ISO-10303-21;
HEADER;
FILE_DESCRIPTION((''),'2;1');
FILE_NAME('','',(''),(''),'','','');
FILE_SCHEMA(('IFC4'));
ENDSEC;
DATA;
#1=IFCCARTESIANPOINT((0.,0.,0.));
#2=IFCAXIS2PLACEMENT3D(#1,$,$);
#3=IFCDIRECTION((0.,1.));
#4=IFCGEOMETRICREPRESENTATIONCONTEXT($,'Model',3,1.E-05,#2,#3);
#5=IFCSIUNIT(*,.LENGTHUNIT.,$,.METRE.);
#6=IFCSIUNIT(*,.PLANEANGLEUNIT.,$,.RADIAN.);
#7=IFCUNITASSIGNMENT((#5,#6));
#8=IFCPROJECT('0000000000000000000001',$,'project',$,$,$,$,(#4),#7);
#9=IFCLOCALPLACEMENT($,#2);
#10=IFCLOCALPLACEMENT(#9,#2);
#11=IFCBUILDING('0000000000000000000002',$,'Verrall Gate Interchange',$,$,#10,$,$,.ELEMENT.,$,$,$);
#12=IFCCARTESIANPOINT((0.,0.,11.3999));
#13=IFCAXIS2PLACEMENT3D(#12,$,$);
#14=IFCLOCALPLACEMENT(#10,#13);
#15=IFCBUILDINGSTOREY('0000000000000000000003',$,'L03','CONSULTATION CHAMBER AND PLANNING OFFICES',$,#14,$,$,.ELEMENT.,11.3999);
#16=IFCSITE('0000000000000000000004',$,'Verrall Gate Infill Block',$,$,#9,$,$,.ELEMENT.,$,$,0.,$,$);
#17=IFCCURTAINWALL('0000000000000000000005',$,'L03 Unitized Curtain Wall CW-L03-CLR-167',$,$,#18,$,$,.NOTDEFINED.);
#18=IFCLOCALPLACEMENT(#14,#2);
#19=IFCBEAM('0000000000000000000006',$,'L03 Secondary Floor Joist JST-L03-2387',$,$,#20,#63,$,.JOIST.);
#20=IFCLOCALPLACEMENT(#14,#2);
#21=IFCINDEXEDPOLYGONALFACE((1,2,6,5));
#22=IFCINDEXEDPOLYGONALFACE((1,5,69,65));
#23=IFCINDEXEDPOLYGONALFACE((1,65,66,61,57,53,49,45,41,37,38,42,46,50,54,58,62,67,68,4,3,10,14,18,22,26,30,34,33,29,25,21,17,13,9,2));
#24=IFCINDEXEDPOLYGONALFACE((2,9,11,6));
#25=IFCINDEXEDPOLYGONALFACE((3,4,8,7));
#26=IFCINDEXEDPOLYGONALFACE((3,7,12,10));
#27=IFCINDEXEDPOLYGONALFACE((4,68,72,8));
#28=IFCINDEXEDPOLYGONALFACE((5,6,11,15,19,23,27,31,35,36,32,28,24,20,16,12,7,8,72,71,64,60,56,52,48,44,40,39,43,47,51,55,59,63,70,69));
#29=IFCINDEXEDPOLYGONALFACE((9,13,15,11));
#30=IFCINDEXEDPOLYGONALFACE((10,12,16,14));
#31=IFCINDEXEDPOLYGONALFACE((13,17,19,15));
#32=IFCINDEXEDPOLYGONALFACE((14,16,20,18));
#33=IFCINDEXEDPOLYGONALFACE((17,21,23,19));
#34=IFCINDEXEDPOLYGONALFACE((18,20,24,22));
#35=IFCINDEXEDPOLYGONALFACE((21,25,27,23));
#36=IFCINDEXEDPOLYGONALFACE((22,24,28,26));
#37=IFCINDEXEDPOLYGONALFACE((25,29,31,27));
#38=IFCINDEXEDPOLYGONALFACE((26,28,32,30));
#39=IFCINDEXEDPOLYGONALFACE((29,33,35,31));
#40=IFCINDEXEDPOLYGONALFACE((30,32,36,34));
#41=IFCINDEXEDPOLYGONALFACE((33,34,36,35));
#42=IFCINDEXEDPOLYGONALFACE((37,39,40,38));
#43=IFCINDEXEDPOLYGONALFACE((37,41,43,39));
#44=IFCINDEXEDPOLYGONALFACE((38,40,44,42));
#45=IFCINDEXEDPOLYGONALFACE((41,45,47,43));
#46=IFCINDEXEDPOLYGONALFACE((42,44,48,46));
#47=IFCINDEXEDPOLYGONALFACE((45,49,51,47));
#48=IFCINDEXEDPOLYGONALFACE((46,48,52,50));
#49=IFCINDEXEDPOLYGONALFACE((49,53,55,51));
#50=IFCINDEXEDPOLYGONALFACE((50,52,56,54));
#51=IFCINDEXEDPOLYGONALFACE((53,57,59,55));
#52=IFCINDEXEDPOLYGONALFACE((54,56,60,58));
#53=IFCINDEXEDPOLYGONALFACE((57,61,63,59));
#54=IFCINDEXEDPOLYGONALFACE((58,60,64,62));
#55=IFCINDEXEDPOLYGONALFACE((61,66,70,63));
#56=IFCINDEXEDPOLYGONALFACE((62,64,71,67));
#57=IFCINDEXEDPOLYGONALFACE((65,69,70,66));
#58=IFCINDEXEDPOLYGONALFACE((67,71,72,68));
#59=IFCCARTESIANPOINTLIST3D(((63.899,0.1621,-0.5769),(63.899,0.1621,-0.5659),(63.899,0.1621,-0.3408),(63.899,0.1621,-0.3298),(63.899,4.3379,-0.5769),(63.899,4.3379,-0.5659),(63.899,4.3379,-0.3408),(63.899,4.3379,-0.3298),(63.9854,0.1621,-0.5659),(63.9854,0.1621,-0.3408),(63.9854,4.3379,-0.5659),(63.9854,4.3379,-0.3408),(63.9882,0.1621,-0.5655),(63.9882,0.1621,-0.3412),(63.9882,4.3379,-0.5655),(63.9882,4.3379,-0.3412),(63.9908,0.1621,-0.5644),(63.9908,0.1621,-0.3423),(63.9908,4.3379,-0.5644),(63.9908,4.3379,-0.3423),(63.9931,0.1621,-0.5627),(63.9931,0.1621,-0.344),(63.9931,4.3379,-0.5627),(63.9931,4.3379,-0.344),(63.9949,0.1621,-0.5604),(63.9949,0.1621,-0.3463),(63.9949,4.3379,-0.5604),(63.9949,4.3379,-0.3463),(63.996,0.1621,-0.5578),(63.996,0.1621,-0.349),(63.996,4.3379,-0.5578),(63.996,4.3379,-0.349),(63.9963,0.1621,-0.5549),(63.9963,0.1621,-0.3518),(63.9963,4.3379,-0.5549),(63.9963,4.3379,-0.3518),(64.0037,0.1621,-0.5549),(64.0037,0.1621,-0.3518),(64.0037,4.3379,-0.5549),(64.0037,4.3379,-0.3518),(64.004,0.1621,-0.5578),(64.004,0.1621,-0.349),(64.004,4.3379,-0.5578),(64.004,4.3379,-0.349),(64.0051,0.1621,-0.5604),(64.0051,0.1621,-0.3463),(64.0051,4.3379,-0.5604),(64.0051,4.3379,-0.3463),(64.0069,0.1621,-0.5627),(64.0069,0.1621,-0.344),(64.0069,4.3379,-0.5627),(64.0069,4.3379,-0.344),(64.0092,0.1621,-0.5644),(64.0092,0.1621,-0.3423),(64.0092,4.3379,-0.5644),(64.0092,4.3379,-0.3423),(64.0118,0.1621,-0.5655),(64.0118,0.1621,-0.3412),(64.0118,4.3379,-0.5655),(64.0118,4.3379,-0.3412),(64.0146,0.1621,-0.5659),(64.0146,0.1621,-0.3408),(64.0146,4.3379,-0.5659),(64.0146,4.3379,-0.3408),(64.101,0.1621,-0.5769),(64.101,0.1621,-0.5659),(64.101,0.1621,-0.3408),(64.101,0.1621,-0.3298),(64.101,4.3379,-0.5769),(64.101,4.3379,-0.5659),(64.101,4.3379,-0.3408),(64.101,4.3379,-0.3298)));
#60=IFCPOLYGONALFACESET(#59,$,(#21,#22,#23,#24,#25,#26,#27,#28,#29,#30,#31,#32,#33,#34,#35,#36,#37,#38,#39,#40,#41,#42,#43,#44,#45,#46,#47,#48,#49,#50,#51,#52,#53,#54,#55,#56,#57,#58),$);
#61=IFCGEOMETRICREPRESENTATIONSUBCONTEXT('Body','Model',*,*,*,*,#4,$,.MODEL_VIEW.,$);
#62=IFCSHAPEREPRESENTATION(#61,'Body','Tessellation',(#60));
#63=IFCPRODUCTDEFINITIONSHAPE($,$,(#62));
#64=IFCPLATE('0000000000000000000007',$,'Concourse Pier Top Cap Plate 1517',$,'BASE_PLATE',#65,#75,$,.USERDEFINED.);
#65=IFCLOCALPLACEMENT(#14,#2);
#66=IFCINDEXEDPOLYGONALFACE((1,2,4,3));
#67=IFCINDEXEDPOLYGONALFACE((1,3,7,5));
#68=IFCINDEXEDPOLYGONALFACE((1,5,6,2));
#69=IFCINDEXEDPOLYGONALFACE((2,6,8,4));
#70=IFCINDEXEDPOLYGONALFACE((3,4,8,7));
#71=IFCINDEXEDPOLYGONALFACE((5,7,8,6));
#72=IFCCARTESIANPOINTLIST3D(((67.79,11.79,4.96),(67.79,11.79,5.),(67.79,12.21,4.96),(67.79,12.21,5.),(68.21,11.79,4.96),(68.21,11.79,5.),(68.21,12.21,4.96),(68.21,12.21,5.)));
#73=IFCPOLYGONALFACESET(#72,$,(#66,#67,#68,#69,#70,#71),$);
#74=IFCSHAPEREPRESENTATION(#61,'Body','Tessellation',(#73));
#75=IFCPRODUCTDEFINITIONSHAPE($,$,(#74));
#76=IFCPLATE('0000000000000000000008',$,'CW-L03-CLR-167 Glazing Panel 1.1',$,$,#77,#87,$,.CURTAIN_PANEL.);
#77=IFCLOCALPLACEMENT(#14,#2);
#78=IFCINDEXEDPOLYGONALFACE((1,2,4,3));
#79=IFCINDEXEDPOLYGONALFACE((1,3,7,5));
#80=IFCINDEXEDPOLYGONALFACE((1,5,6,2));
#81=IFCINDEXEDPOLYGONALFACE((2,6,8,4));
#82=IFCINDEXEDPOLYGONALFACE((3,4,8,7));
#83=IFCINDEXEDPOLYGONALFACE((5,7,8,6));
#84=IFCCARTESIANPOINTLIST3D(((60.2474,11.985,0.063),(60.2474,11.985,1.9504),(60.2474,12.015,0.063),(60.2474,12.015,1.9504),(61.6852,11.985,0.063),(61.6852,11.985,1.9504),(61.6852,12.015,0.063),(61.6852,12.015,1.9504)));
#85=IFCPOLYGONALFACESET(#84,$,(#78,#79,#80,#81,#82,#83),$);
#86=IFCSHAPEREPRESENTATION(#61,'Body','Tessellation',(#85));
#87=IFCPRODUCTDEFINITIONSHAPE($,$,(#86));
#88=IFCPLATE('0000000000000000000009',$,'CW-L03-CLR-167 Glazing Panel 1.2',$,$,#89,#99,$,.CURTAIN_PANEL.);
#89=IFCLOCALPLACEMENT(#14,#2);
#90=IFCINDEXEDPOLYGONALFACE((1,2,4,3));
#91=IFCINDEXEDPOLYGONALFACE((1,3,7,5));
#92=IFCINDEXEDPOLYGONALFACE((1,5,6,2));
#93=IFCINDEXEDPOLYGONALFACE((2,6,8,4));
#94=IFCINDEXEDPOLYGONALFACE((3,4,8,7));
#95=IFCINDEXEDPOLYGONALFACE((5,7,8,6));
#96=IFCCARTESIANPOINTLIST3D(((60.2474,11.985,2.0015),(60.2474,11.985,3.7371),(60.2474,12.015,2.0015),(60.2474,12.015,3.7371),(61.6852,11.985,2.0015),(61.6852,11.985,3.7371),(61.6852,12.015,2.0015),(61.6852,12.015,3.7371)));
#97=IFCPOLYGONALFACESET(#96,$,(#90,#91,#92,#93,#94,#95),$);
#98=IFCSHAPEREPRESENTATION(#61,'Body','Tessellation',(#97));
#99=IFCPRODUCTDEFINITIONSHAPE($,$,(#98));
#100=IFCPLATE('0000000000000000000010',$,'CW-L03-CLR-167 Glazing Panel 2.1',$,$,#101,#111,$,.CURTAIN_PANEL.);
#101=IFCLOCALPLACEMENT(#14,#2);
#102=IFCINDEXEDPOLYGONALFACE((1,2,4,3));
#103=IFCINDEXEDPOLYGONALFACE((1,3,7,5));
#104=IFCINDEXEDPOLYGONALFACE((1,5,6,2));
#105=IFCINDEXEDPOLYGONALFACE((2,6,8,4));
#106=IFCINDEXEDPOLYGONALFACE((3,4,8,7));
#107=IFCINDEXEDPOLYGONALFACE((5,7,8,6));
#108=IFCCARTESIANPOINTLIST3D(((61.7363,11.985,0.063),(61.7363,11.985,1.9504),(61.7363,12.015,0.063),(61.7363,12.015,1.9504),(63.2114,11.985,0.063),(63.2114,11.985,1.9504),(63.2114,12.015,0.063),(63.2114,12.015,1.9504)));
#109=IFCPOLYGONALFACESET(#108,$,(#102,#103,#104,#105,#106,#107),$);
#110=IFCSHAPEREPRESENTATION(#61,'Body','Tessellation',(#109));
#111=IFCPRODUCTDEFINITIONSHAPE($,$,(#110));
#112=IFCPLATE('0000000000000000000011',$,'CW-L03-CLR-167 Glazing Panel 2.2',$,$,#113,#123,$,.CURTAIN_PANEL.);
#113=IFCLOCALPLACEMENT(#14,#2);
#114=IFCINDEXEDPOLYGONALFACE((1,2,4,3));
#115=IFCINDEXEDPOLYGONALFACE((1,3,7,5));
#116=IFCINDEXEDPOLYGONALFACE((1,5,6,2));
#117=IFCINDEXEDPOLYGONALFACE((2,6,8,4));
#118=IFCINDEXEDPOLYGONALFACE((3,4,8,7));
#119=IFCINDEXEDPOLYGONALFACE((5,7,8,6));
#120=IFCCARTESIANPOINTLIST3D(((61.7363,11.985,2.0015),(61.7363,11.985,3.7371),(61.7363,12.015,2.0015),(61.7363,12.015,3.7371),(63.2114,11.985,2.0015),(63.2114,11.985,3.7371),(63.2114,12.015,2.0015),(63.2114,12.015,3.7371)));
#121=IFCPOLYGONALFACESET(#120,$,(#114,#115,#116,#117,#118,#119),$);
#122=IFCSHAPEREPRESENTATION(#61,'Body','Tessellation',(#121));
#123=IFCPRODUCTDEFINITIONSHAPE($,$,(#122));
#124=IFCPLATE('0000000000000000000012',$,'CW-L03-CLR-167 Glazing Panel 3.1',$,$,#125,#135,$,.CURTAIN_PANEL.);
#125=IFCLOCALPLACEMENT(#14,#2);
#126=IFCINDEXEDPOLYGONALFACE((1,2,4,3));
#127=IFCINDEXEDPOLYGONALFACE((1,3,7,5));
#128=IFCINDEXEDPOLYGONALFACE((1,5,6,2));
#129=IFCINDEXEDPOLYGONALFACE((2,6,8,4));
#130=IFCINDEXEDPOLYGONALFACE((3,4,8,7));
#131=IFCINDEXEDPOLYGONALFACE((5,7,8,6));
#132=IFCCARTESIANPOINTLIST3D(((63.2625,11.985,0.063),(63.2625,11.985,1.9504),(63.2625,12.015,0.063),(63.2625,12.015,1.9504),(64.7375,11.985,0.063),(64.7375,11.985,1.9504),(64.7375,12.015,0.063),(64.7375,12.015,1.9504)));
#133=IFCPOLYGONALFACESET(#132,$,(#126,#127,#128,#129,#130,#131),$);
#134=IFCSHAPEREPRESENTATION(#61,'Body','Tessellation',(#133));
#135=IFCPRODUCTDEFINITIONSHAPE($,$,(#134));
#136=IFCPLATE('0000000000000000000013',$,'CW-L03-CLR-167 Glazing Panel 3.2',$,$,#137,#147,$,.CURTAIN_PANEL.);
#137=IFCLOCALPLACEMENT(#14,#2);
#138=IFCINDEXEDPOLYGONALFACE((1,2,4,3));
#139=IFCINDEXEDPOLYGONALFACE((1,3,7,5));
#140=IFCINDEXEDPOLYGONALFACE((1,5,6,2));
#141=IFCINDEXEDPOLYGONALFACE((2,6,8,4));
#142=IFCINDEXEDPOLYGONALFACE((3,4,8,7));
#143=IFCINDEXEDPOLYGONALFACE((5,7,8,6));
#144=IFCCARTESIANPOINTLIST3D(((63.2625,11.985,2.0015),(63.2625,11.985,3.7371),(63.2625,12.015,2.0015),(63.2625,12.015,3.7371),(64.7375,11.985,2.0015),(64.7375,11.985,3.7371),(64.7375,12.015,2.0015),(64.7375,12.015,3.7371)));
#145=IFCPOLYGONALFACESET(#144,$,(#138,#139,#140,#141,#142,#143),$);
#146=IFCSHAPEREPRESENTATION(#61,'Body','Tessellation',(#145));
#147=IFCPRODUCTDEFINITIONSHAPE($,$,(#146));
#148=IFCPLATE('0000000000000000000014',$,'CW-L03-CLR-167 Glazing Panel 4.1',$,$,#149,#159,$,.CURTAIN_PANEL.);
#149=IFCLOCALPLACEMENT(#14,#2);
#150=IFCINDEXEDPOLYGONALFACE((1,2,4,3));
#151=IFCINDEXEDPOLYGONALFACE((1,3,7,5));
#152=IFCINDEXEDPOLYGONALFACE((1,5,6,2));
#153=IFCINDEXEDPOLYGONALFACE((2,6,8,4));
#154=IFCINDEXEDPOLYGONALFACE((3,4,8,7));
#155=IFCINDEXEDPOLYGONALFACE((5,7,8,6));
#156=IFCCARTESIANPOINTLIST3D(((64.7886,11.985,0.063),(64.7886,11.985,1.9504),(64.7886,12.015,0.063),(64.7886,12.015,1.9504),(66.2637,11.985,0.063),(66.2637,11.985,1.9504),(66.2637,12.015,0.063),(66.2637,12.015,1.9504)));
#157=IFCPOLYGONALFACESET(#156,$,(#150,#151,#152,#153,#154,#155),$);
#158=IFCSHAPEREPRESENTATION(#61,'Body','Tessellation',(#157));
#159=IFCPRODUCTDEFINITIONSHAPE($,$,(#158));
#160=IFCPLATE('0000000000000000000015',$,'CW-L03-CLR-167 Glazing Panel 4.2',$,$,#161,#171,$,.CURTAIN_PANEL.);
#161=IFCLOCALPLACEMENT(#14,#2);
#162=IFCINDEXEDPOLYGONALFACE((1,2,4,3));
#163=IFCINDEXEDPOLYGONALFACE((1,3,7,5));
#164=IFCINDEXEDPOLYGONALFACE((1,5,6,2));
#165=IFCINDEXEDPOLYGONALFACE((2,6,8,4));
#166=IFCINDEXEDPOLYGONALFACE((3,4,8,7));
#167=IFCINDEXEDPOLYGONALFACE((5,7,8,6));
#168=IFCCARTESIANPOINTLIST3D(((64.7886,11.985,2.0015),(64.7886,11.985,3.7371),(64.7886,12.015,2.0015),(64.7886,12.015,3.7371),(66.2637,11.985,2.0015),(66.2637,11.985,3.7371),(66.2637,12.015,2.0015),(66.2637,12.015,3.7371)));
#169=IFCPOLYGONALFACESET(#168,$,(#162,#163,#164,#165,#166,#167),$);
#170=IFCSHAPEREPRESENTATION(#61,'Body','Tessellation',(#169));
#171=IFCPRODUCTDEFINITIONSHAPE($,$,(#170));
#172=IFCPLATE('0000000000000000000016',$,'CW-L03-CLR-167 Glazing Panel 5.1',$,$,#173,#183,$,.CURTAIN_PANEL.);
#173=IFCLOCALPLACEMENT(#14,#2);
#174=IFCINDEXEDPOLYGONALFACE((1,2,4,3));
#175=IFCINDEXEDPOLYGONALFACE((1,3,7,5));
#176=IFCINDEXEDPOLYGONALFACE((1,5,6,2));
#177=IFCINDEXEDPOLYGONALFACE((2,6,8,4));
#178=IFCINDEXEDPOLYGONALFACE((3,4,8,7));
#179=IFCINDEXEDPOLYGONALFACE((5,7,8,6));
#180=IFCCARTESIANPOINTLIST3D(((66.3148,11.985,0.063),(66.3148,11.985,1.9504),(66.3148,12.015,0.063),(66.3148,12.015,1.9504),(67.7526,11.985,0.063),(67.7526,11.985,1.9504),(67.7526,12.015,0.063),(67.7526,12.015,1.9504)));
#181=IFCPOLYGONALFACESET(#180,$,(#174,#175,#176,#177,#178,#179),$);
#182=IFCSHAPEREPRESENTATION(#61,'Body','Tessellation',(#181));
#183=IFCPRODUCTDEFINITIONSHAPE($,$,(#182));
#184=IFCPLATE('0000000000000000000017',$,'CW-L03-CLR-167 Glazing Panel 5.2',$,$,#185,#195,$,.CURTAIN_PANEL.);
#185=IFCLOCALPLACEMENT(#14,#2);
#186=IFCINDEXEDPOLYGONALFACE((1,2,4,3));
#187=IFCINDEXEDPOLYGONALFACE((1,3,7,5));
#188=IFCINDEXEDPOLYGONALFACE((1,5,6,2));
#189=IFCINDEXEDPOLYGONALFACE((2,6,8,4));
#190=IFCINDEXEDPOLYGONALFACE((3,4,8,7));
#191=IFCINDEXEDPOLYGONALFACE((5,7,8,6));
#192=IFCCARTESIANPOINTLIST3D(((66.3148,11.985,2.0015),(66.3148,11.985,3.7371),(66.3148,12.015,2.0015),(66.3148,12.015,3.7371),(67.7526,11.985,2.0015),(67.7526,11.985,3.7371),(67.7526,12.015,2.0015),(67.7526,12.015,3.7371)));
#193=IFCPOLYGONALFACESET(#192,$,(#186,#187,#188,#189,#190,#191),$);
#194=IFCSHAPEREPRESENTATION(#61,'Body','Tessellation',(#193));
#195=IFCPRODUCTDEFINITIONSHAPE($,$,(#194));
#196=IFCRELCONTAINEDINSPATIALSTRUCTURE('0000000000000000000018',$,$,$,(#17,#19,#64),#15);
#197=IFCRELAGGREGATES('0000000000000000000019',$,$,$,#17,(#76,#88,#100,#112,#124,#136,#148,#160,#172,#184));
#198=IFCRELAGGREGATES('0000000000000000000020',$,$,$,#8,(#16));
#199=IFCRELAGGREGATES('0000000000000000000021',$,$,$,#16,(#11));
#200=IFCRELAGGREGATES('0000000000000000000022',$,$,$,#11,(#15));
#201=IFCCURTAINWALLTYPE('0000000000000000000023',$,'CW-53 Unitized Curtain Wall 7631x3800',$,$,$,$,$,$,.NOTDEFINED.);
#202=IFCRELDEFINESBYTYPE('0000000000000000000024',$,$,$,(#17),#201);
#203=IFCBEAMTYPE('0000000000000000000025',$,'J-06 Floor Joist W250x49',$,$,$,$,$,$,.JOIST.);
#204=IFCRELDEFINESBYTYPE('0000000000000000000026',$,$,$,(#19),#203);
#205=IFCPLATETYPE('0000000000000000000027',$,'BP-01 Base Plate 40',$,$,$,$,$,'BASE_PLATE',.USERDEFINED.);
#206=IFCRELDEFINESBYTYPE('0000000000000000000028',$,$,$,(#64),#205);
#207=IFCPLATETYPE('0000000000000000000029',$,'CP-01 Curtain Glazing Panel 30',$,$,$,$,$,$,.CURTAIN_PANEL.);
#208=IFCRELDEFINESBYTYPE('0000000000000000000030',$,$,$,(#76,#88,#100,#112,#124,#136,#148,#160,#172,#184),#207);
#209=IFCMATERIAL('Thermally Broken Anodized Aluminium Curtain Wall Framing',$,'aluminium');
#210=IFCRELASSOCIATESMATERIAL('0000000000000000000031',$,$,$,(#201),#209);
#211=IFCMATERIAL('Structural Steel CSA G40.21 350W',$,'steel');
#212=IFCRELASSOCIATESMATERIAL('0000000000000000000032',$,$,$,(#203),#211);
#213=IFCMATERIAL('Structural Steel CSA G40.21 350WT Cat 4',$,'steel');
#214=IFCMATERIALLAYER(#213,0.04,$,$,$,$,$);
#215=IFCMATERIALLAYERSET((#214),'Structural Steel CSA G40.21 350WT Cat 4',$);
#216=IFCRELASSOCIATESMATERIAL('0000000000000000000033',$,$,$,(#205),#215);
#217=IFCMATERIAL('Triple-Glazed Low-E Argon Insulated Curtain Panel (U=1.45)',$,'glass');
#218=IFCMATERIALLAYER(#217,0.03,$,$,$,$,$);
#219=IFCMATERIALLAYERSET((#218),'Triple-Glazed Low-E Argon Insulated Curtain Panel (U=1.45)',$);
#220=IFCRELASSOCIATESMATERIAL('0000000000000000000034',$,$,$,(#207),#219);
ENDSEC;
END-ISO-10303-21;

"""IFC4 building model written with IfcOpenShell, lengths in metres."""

from ifc_helpers import new_model, si_unit, direction, frame, origin, origin_2d, place, context, subcontext, project, spatial, rectangle, i_section, extrude, material, layer, layer_set, material_profile, profile_set, type_object, element, aggregate, save


model = new_model("IFC4")

# Units and contexts
model_context = context("Model", 3, precision=1e-05, world=origin(), true_north=direction((0.0, 1.0)))
body_context = subcontext(model_context, "Body", "Model", "MODEL_VIEW")
ifc_project = project(units=[si_unit("LENGTHUNIT", "METRE"), si_unit("PLANEANGLEUNIT", "RADIAN")], contexts=[model_context])

# Site, building, storey
site_placement = place(None, origin())
site = spatial("IfcSite", under=ifc_project, at=site_placement, Name="Verrall Gate Infill Block", CompositionType="ELEMENT", RefElevation=0.0)
building_placement = place(site_placement, origin())
building = spatial("IfcBuilding", under=site, at=building_placement, Name="Verrall Gate Interchange", CompositionType="ELEMENT")
storey_placement = place(building_placement, frame((0.0, 0.0, 11.3999)))
storey = spatial("IfcBuildingStorey", under=building, at=storey_placement, Name="L03", Description="CONSULTATION CHAMBER AND PLANNING OFFICES", CompositionType="ELEMENT", Elevation=11.3999)

# Curtain wall
ifc_material_1 = material(Name="Thermally Broken Anodized Aluminium Curtain Wall Framing", Category="aluminium")
curtain_wall_type = type_object("IfcCurtainWallType", Name="CW-53 Unitized Curtain Wall 7631x3800", PredefinedType="NOTDEFINED", material=ifc_material_1)
curtain_wall_placement = place(storey_placement, origin())
curtain_wall = element("IfcCurtainWall", 1, at=curtain_wall_placement, inside=storey, type_object=curtain_wall_type, Name="L03 Unitized Curtain Wall CW-L03-CLR-167", PredefinedType="NOTDEFINED")

# Beam
ifc_material_2 = material(Name="Structural Steel CSA G40.21 350W", Category="steel")
ifc_material_profile_1 = material_profile(ifc_material_2, i_section(OverallWidth=0.2019, OverallDepth=0.2471, WebThickness=0.0073, FlangeThickness=0.011, FilletRadius=0.011, at=origin_2d()), Name="W250x49")
ifc_profile_set_1 = profile_set([ifc_material_profile_1], Name="Structural Steel CSA G40.21 350W")
beam_type_1 = type_object("IfcBeamType", Name="J-06 Floor Joist W250x49", PredefinedType="JOIST", material=ifc_profile_set_1)
beam_1_placement = place(storey_placement, frame((64.0, 0.1621, -0.4534), z_axis=(0.0, 1.0, 0.0), x_axis=(-1.0, 0.0, 0.0)))
element("IfcBeam", 2, at=beam_1_placement, inside=storey, type_object=beam_type_1, Name="L03 Secondary Floor Joist JST-L03-2387", PredefinedType="JOIST", context=body_context, shape_type="SweptSolid", body=[
    extrude(i_section(OverallWidth=0.2019, OverallDepth=0.2471, WebThickness=0.0073, FlangeThickness=0.011, FilletRadius=0.011, at=origin_2d()), origin(), (0.0, 0.0, 1.0), 4.1758),
])

# Plates
ifc_material_3 = material(Name="Structural Steel CSA G40.21 350WT Cat 4", Category="steel")
ifc_layer_1 = layer(ifc_material_3, 0.04)
ifc_layer_set_1 = layer_set([ifc_layer_1], Name="Structural Steel CSA G40.21 350WT Cat 4")
plate_type_1 = type_object("IfcPlateType", Name="BP-01 Base Plate 40", ElementType="BASE_PLATE", PredefinedType="USERDEFINED", material=ifc_layer_set_1)
plate_1_placement = place(storey_placement, frame((68.0, 12.0, 4.96), z_axis=(0.0, 0.0, 1.0), x_axis=(1.0, 0.0, 0.0)))
element("IfcPlate", 3, at=plate_1_placement, inside=storey, type_object=plate_type_1, Name="Concourse Pier Top Cap Plate 1517", ObjectType="BASE_PLATE", PredefinedType="USERDEFINED", context=body_context, shape_type="SweptSolid", body=[
    extrude(rectangle(XDim=0.4199, YDim=0.4199, at=origin_2d()), origin(), (0.0, 0.0, 1.0), 0.04),
])
ifc_material_4 = material(Name="Triple-Glazed Low-E Argon Insulated Curtain Panel (U=1.45)", Category="glass")
ifc_layer_2 = layer(ifc_material_4, 0.03)
ifc_layer_set_2 = layer_set([ifc_layer_2], Name="Triple-Glazed Low-E Argon Insulated Curtain Panel (U=1.45)")
plate_type_2 = type_object("IfcPlateType", Name="CP-01 Curtain Glazing Panel 30", PredefinedType="CURTAIN_PANEL", material=ifc_layer_set_2)
plate_2_placement = place(storey_placement, frame((60.9663, 12.0, 0.063), z_axis=(0.0, 0.0, 1.0), x_axis=(1.0, 0.0, 0.0)))
plate_2 = element("IfcPlate", 4, at=plate_2_placement, type_object=plate_type_2, Name="CW-L03-CLR-167 Glazing Panel 1.1", PredefinedType="CURTAIN_PANEL", context=body_context, shape_type="SweptSolid", body=[
    extrude(rectangle(XDim=1.4377, YDim=0.03, at=origin_2d()), origin(), (0.0, 0.0, 1.0), 1.8875),
])
plate_3_placement = place(storey_placement, frame((60.9663, 12.0, 2.0015), z_axis=(0.0, 0.0, 1.0), x_axis=(1.0, 0.0, 0.0)))
plate_3 = element("IfcPlate", 5, at=plate_3_placement, type_object=plate_type_2, Name="CW-L03-CLR-167 Glazing Panel 1.2", PredefinedType="CURTAIN_PANEL", context=body_context, shape_type="SweptSolid", body=[
    extrude(rectangle(XDim=1.4377, YDim=0.03, at=origin_2d()), origin(), (0.0, 0.0, 1.0), 1.7356),
])
plate_4_placement = place(storey_placement, frame((62.4739, 12.0, 0.063), z_axis=(0.0, 0.0, 1.0), x_axis=(1.0, 0.0, 0.0)))
plate_4 = element("IfcPlate", 6, at=plate_4_placement, type_object=plate_type_2, Name="CW-L03-CLR-167 Glazing Panel 2.1", PredefinedType="CURTAIN_PANEL", context=body_context, shape_type="SweptSolid", body=[
    extrude(rectangle(XDim=1.4751, YDim=0.03, at=origin_2d()), origin(), (0.0, 0.0, 1.0), 1.8875),
])
plate_5_placement = place(storey_placement, frame((62.4739, 12.0, 2.0015), z_axis=(0.0, 0.0, 1.0), x_axis=(1.0, 0.0, 0.0)))
plate_5 = element("IfcPlate", 7, at=plate_5_placement, type_object=plate_type_2, Name="CW-L03-CLR-167 Glazing Panel 2.2", PredefinedType="CURTAIN_PANEL", context=body_context, shape_type="SweptSolid", body=[
    extrude(rectangle(XDim=1.4751, YDim=0.03, at=origin_2d()), origin(), (0.0, 0.0, 1.0), 1.7356),
])
plate_6_placement = place(storey_placement, frame((64.0, 12.0, 0.063), z_axis=(0.0, 0.0, 1.0), x_axis=(1.0, 0.0, 0.0)))
plate_6 = element("IfcPlate", 8, at=plate_6_placement, type_object=plate_type_2, Name="CW-L03-CLR-167 Glazing Panel 3.1", PredefinedType="CURTAIN_PANEL", context=body_context, shape_type="SweptSolid", body=[
    extrude(rectangle(XDim=1.4751, YDim=0.03, at=origin_2d()), origin(), (0.0, 0.0, 1.0), 1.8875),
])
plate_7_placement = place(storey_placement, frame((64.0, 12.0, 2.0015), z_axis=(0.0, 0.0, 1.0), x_axis=(1.0, 0.0, 0.0)))
plate_7 = element("IfcPlate", 9, at=plate_7_placement, type_object=plate_type_2, Name="CW-L03-CLR-167 Glazing Panel 3.2", PredefinedType="CURTAIN_PANEL", context=body_context, shape_type="SweptSolid", body=[
    extrude(rectangle(XDim=1.4751, YDim=0.03, at=origin_2d()), origin(), (0.0, 0.0, 1.0), 1.7356),
])
plate_8_placement = place(storey_placement, frame((65.5261, 12.0, 0.063), z_axis=(0.0, 0.0, 1.0), x_axis=(1.0, 0.0, 0.0)))
plate_8 = element("IfcPlate", 10, at=plate_8_placement, type_object=plate_type_2, Name="CW-L03-CLR-167 Glazing Panel 4.1", PredefinedType="CURTAIN_PANEL", context=body_context, shape_type="SweptSolid", body=[
    extrude(rectangle(XDim=1.4751, YDim=0.03, at=origin_2d()), origin(), (0.0, 0.0, 1.0), 1.8875),
])
plate_9_placement = place(storey_placement, frame((65.5261, 12.0, 2.0015), z_axis=(0.0, 0.0, 1.0), x_axis=(1.0, 0.0, 0.0)))
plate_9 = element("IfcPlate", 11, at=plate_9_placement, type_object=plate_type_2, Name="CW-L03-CLR-167 Glazing Panel 4.2", PredefinedType="CURTAIN_PANEL", context=body_context, shape_type="SweptSolid", body=[
    extrude(rectangle(XDim=1.4751, YDim=0.03, at=origin_2d()), origin(), (0.0, 0.0, 1.0), 1.7356),
])
plate_10_placement = place(storey_placement, frame((67.0337, 12.0, 0.063), z_axis=(0.0, 0.0, 1.0), x_axis=(1.0, 0.0, 0.0)))
plate_10 = element("IfcPlate", 12, at=plate_10_placement, type_object=plate_type_2, Name="CW-L03-CLR-167 Glazing Panel 5.1", PredefinedType="CURTAIN_PANEL", context=body_context, shape_type="SweptSolid", body=[
    extrude(rectangle(XDim=1.4377, YDim=0.03, at=origin_2d()), origin(), (0.0, 0.0, 1.0), 1.8875),
])
plate_11_placement = place(storey_placement, frame((67.0337, 12.0, 2.0015), z_axis=(0.0, 0.0, 1.0), x_axis=(1.0, 0.0, 0.0)))
plate_11 = element("IfcPlate", 13, at=plate_11_placement, type_object=plate_type_2, Name="CW-L03-CLR-167 Glazing Panel 5.2", PredefinedType="CURTAIN_PANEL", context=body_context, shape_type="SweptSolid", body=[
    extrude(rectangle(XDim=1.4377, YDim=0.03, at=origin_2d()), origin(), (0.0, 0.0, 1.0), 1.7356),
])
aggregate(curtain_wall, [plate_2, plate_3, plate_4, plate_5, plate_6, plate_7, plate_8, plate_9, plate_10, plate_11])

save(model, "model.ifc")
